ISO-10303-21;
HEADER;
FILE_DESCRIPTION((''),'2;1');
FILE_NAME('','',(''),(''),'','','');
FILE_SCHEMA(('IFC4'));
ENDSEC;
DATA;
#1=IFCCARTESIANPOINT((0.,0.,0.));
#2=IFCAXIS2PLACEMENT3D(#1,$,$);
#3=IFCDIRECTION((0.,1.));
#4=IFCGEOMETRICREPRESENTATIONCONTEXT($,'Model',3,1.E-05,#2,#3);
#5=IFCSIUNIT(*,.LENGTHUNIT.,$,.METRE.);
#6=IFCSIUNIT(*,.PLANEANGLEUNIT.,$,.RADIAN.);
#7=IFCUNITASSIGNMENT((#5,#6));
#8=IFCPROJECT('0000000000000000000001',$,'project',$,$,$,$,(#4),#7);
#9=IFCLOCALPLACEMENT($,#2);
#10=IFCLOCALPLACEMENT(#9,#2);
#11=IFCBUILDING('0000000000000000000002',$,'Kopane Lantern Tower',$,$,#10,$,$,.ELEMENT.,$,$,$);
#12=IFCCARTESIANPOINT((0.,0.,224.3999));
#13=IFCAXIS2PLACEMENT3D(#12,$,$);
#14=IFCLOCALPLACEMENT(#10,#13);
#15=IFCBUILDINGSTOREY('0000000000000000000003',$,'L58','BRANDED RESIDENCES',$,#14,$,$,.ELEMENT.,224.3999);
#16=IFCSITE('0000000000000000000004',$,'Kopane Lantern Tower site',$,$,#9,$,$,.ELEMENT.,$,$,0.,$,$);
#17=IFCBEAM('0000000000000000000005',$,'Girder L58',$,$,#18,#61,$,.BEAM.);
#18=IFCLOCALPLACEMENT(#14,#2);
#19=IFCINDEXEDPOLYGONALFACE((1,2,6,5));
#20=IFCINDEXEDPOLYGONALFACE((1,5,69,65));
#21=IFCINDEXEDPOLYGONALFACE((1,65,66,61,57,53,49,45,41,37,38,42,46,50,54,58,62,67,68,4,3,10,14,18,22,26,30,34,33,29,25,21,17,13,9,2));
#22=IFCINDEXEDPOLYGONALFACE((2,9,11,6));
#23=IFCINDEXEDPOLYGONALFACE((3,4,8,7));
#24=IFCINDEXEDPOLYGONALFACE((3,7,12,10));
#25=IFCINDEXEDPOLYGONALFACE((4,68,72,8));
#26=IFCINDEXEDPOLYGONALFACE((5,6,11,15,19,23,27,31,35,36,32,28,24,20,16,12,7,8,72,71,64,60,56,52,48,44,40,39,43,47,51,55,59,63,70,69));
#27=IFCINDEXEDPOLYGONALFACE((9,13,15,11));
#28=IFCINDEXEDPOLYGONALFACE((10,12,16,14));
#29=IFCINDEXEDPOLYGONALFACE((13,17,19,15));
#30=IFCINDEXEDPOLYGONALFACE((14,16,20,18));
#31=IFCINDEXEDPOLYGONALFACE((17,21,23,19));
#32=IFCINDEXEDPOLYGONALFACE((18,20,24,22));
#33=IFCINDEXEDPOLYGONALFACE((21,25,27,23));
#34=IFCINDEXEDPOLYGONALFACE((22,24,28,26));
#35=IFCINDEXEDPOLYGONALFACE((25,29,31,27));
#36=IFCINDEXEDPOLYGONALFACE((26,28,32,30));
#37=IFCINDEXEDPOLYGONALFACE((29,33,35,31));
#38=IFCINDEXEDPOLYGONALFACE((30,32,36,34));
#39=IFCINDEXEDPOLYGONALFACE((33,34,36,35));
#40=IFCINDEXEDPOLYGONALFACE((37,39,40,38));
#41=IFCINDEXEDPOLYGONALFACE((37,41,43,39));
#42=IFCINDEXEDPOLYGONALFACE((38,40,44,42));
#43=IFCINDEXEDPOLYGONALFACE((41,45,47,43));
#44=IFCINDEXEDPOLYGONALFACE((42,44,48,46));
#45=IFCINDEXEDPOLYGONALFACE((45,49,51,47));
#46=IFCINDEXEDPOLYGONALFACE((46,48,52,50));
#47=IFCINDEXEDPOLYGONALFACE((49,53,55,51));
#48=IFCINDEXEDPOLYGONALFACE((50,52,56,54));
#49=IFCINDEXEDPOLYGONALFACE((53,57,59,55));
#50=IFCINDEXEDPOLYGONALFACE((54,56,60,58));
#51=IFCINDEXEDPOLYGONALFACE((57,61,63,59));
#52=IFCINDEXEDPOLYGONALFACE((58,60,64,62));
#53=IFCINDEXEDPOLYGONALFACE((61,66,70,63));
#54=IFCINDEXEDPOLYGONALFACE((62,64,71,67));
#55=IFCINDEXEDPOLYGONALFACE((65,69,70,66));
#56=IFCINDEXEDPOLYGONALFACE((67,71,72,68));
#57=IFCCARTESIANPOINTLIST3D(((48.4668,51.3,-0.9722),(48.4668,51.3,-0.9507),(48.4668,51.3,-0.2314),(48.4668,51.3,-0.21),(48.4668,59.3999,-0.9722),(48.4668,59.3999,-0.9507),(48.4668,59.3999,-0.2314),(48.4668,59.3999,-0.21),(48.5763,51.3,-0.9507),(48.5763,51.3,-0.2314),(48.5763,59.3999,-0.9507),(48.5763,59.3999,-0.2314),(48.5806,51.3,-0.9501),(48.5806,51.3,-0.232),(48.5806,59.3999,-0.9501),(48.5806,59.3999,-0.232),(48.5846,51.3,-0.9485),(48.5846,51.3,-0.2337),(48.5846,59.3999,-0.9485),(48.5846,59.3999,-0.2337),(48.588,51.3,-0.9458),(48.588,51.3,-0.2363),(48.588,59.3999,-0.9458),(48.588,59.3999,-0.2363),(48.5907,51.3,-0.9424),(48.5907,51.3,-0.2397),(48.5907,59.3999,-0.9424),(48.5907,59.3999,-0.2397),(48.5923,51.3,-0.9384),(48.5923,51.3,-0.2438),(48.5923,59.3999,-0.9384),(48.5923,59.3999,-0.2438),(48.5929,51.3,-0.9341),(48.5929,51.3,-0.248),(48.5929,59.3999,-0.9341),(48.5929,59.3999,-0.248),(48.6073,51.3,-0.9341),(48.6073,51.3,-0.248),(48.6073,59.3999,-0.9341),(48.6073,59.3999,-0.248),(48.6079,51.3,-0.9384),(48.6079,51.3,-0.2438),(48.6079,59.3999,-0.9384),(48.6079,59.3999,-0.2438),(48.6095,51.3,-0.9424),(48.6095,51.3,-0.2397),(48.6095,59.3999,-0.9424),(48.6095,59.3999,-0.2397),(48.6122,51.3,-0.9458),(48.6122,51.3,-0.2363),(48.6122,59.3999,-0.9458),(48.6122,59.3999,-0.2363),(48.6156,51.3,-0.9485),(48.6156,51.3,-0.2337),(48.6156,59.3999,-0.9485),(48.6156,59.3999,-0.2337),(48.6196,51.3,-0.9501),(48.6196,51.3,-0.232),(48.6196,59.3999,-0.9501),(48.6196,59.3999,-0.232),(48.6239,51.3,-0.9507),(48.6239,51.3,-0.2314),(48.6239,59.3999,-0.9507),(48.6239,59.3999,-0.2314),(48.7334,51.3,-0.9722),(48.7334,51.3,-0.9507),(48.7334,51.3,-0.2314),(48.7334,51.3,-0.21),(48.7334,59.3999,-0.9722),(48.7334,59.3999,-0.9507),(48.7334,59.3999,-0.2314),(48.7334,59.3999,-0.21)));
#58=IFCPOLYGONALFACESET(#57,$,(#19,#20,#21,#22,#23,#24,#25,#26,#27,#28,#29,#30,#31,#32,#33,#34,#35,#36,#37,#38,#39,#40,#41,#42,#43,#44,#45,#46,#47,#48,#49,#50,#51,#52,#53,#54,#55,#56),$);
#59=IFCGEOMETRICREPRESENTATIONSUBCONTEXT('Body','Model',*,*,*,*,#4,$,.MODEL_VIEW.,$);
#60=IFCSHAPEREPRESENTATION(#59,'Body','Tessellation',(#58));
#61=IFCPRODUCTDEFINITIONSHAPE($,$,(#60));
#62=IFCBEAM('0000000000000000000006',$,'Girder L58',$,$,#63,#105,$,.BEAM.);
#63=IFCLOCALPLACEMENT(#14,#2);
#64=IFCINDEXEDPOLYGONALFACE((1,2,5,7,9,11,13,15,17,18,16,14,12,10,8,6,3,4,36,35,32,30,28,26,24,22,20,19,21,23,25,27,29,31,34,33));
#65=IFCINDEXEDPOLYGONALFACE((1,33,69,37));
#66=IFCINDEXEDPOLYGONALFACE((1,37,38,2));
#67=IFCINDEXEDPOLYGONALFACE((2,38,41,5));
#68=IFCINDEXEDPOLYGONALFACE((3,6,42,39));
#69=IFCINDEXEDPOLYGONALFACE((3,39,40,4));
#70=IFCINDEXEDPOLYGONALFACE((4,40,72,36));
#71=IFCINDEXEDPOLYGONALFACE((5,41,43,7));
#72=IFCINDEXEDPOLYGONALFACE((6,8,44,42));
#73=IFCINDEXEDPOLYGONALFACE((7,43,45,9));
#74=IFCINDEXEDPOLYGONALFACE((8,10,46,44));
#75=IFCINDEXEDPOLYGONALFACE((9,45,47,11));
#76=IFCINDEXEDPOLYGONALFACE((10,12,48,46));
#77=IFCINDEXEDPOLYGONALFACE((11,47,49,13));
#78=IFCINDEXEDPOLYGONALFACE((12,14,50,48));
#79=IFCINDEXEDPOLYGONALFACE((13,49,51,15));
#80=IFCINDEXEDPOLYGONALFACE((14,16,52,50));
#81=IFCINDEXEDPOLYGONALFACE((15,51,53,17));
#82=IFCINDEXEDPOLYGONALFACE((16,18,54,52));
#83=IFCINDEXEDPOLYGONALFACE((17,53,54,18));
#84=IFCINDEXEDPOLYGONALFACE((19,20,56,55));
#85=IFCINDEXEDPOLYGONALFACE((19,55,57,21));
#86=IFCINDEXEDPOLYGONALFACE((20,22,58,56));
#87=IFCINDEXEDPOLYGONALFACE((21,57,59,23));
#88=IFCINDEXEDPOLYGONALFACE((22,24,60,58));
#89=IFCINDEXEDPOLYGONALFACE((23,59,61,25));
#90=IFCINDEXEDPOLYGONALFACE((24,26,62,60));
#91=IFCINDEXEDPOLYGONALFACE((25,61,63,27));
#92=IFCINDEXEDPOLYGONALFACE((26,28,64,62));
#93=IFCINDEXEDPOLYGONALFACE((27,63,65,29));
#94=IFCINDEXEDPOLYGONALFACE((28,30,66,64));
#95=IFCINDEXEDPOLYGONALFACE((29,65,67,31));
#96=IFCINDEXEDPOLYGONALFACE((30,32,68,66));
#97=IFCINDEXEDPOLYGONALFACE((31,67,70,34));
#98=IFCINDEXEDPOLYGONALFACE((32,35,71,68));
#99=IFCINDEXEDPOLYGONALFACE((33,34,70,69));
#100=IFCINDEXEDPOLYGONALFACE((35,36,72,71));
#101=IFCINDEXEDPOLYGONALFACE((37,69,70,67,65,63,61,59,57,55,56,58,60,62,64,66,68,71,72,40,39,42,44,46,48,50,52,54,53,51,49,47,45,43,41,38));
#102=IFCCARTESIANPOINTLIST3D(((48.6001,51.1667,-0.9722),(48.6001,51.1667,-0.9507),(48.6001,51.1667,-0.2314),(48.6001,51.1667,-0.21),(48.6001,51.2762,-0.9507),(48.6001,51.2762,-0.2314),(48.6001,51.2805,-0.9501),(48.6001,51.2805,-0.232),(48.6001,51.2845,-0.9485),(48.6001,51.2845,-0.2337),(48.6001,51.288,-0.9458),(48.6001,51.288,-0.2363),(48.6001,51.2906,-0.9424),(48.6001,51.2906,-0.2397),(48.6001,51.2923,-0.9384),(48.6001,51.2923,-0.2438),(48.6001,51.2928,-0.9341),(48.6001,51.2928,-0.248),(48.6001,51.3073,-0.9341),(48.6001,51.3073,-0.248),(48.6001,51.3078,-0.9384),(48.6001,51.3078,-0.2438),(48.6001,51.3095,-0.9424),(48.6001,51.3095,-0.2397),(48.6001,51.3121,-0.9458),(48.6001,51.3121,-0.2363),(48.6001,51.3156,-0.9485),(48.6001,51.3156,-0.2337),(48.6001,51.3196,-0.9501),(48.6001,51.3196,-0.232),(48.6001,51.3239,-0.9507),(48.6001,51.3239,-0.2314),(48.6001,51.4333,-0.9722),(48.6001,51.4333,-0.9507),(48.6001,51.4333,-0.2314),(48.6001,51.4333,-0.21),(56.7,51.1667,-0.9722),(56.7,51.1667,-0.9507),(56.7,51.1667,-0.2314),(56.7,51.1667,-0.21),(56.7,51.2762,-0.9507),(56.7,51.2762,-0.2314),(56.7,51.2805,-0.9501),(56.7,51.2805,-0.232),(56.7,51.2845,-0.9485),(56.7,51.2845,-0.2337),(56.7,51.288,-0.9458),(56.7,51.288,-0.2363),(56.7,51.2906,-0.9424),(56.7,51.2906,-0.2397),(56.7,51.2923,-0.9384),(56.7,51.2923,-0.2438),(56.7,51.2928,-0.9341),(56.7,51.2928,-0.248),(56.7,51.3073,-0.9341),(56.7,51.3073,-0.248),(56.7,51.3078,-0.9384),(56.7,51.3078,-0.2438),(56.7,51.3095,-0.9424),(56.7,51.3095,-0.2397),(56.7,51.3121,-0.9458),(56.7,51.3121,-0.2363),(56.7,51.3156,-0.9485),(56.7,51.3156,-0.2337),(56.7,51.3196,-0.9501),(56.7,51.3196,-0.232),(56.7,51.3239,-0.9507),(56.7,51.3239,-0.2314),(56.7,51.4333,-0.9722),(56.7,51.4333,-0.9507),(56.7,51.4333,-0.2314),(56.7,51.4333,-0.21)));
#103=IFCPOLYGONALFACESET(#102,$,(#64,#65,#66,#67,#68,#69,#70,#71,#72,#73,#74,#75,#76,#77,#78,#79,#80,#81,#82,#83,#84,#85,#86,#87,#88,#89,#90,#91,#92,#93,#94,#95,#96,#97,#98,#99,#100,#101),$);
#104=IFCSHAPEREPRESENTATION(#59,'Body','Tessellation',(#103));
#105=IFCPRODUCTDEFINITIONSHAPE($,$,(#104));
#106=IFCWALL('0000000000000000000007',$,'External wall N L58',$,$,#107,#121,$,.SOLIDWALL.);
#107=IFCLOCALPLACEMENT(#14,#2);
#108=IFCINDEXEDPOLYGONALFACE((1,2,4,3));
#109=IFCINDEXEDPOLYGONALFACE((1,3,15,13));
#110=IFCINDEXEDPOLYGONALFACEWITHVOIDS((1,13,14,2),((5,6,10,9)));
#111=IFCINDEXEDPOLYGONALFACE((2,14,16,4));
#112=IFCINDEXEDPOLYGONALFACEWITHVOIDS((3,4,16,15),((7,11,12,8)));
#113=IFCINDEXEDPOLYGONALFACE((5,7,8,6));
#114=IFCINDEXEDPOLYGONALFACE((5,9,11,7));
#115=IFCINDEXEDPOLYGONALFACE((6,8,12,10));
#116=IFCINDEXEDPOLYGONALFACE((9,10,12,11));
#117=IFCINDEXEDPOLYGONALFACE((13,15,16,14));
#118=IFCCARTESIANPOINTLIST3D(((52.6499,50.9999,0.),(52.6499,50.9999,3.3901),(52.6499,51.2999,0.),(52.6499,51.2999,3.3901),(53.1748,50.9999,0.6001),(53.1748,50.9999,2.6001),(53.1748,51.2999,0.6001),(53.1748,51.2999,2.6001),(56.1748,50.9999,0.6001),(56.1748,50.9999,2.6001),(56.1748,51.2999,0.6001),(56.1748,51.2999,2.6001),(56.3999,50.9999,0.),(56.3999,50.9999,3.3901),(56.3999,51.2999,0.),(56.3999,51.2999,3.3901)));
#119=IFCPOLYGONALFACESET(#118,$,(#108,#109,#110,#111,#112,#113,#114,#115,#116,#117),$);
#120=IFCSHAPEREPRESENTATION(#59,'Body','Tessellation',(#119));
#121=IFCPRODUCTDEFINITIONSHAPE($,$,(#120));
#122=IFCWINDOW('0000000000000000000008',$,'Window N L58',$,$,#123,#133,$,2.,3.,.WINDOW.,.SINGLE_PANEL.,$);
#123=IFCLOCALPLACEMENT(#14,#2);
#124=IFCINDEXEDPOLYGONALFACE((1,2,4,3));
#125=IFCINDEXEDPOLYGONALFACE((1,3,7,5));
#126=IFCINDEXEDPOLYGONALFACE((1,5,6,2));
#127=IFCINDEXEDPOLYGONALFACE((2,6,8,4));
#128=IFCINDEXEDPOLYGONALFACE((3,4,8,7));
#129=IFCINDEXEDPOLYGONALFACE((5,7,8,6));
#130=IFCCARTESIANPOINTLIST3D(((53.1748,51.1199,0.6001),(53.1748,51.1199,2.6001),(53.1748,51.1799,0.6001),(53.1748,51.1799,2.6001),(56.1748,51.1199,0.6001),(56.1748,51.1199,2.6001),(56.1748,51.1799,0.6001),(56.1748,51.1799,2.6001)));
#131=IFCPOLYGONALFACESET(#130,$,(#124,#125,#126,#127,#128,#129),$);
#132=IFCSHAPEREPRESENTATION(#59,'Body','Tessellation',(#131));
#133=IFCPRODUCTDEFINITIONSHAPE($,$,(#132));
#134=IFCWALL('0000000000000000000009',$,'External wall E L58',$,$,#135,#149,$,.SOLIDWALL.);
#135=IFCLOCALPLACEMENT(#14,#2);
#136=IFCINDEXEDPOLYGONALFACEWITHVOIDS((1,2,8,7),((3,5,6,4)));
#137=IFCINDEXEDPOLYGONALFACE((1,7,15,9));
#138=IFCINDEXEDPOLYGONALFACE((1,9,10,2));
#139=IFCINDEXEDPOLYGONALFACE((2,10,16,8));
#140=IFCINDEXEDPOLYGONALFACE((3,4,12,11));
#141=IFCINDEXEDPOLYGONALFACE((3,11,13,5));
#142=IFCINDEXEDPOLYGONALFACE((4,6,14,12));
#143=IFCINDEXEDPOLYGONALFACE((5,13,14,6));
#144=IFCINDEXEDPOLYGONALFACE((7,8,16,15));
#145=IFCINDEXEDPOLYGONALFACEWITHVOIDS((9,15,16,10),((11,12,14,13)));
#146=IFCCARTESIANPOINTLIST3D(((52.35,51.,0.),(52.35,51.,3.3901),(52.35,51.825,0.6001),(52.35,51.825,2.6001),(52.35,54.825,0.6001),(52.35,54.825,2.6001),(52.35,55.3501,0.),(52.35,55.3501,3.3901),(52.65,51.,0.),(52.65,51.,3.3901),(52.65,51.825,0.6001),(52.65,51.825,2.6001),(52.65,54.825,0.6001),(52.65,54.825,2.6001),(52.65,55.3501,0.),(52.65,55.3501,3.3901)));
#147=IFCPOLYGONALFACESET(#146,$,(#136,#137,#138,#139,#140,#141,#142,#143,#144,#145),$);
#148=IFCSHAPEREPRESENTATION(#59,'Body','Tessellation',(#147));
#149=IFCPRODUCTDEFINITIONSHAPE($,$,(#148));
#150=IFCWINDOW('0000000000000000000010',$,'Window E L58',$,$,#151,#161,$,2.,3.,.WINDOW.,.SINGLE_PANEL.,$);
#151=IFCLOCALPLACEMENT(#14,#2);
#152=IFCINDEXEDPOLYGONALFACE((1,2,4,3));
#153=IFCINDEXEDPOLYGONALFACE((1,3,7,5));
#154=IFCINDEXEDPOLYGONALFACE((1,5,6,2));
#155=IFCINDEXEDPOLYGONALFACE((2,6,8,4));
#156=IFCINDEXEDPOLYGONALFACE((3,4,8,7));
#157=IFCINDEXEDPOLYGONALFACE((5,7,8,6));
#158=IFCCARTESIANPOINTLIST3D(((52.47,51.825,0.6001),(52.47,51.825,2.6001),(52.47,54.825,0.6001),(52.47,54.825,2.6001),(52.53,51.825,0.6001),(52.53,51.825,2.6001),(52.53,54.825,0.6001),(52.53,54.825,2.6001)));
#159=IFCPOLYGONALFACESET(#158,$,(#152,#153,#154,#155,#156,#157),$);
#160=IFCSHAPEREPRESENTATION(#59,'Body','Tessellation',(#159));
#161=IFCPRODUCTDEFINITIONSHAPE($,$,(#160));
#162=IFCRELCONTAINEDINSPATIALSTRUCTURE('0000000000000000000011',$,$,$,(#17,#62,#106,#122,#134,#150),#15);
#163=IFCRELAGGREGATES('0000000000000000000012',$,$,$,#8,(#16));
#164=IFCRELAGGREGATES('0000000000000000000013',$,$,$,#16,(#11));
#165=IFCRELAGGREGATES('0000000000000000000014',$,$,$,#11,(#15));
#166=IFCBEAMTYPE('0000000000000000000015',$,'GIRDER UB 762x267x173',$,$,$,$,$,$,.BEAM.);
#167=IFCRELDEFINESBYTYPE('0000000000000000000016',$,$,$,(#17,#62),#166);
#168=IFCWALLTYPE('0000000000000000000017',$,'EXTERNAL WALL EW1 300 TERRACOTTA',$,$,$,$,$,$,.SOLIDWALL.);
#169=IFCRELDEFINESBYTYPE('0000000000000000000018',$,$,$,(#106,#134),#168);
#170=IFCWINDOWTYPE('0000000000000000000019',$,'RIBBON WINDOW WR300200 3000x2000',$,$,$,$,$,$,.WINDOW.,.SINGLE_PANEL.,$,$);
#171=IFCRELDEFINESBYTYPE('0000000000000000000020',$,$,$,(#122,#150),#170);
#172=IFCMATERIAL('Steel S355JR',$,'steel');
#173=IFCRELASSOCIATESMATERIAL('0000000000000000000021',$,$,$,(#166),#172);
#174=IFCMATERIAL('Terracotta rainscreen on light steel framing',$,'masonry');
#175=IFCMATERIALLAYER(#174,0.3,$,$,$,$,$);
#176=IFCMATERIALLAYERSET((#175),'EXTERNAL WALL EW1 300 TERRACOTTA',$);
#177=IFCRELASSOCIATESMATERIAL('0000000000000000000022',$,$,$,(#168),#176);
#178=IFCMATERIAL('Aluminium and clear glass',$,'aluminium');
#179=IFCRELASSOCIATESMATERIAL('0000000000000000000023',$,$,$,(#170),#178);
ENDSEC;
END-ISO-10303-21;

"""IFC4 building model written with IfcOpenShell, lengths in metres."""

from ifc_helpers import new_model, si_unit, direction, frame, frame_2d, origin, origin_2d, place, context, subcontext, project, spatial, rectangle, i_section, extrude, material, layer, layer_set, material_profile, profile_set, type_object, element, fill, save


model = new_model("IFC4")

# Units and contexts
model_context = context("Model", 3, precision=1e-05, world=origin(), true_north=direction((0.0, 1.0)))
body_context = subcontext(model_context, "Body", "Model", "MODEL_VIEW")
ifc_project = project(units=[si_unit("LENGTHUNIT", "METRE"), si_unit("PLANEANGLEUNIT", "RADIAN")], contexts=[model_context])

# Site, building, storey
site_placement = place(None, origin())
site = spatial("IfcSite", under=ifc_project, at=site_placement, Name="Kopane Lantern Tower site", CompositionType="ELEMENT", RefElevation=0.0)
building_placement = place(site_placement, origin())
building = spatial("IfcBuilding", under=site, at=building_placement, Name="Kopane Lantern Tower", CompositionType="ELEMENT")
storey_placement = place(building_placement, frame((0.0, 0.0, 224.3999)))
storey = spatial("IfcBuildingStorey", under=building, at=storey_placement, Name="L58", Description="BRANDED RESIDENCES", CompositionType="ELEMENT", Elevation=224.3999)

# Beams
ifc_material_1 = material(Name="Steel S355JR", Category="steel")
ifc_material_profile_1 = material_profile(ifc_material_1, i_section(OverallWidth=0.2666, OverallDepth=0.7622, WebThickness=0.0144, FlangeThickness=0.0215, FilletRadius=0.0166, at=origin_2d()), Name="UB 762x267x173")
ifc_profile_set_1 = profile_set([ifc_material_profile_1], Name="Steel S355JR")
beam_type_1 = type_object("IfcBeamType", Name="GIRDER UB 762x267x173", PredefinedType="BEAM", material=ifc_profile_set_1)
for number, where, z_axis, x_axis, name in (
    (1, (48.6001, 51.3, -0.5911), (0.0, 1.0, 0.0), (-1.0, 0.0, 0.0), "Girder L58"),
    (2, (48.6001, 51.3, -0.5911), (1.0, 0.0, 0.0), (0.0, 1.0, 0.0), "Girder L58"),
):
    element("IfcBeam", number, at=place(storey_placement, frame(where, z_axis=z_axis, x_axis=x_axis)), inside=storey, type_object=beam_type_1, Name=name, PredefinedType="BEAM", context=body_context, shape_type="SweptSolid", body=[
        extrude(i_section(OverallWidth=0.2666, OverallDepth=0.7622, WebThickness=0.0144, FlangeThickness=0.0215, FilletRadius=0.0166, at=origin_2d()), origin(), (0.0, 0.0, 1.0), 8.0999),
    ])

# Walls, openings, windows
ifc_material_2 = material(Name="Terracotta rainscreen on light steel framing", Category="masonry")
ifc_layer = layer(ifc_material_2, 0.3)
ifc_layer_set = layer_set([ifc_layer], Name="EXTERNAL WALL EW1 300 TERRACOTTA")
wall_type = type_object("IfcWallType", Name="EXTERNAL WALL EW1 300 TERRACOTTA", PredefinedType="SOLIDWALL", material=ifc_layer_set)
wall_1_placement = place(storey_placement, frame((56.3999, 51.1499, 0.0), z_axis=(0.0, 0.0, 1.0), x_axis=(-1.0, 0.0, 0.0)))
wall_1 = element("IfcWall", 3, at=wall_1_placement, inside=storey, type_object=wall_type, Name="External wall N L58", PredefinedType="SOLIDWALL", context=body_context, shape_type="SweptSolid", body=[
    extrude(rectangle(XDim=3.75, YDim=0.3, at=frame_2d((1.875, 0.0))), origin(), (0.0, 0.0, 1.0), 3.3901),
])
opening_1_placement = place(wall_1_placement, frame((0.2251, 0.0, 0.6001)))
opening_1 = element("IfcOpeningElement", 4, at=opening_1_placement, cuts=wall_1, PredefinedType="OPENING", context=body_context, shape_type="SweptSolid", body=[
    extrude(rectangle(XDim=3.0, YDim=2.0, at=frame_2d((1.5, 1.0))), frame((0.0, 0.1599, 0.0), z_axis=(0.0, -1.0, 0.0), x_axis=(1.0, 0.0, 0.0)), (0.0, 0.0, 1.0), 0.3201),
])
ifc_material_3 = material(Name="Aluminium and clear glass", Category="aluminium")
window_type = type_object("IfcWindowType", Name="RIBBON WINDOW WR300200 3000x2000", PartitioningType="SINGLE_PANEL", PredefinedType="WINDOW", material=ifc_material_3)
window_1_placement = place(opening_1_placement, origin())
window_1 = element("IfcWindow", 5, at=window_1_placement, inside=storey, type_object=window_type, Name="Window N L58", OverallHeight=2.0, OverallWidth=3.0, PartitioningType="SINGLE_PANEL", PredefinedType="WINDOW", context=body_context, shape_type="SweptSolid", body=[
    extrude(rectangle(XDim=3.0, YDim=2.0, at=frame_2d((1.5, 1.0))), frame((0.0, 0.03, 0.0), z_axis=(0.0, -1.0, 0.0), x_axis=(1.0, 0.0, 0.0)), (0.0, 0.0, 1.0), 0.0601),
])
fill(opening_1, window_1)
wall_2_placement = place(storey_placement, frame((52.5, 51.0, 0.0), z_axis=(0.0, 0.0, 1.0), x_axis=(0.0, 1.0, 0.0)))
wall_2 = element("IfcWall", 6, at=wall_2_placement, inside=storey, type_object=wall_type, Name="External wall E L58", PredefinedType="SOLIDWALL", context=body_context, shape_type="SweptSolid", body=[
    extrude(rectangle(XDim=4.3501, YDim=0.3, at=frame_2d((2.175, 0.0))), origin(), (0.0, 0.0, 1.0), 3.3901),
])
opening_2_placement = place(wall_2_placement, frame((0.825, 0.0, 0.6001)))
opening_2 = element("IfcOpeningElement", 7, at=opening_2_placement, cuts=wall_2, PredefinedType="OPENING", context=body_context, shape_type="SweptSolid", body=[
    extrude(rectangle(XDim=3.0, YDim=2.0, at=frame_2d((1.5, 1.0))), frame((0.0, 0.1599, 0.0), z_axis=(0.0, -1.0, 0.0), x_axis=(1.0, 0.0, 0.0)), (0.0, 0.0, 1.0), 0.3201),
])
window_2_placement = place(opening_2_placement, origin())
window_2 = element("IfcWindow", 8, at=window_2_placement, inside=storey, type_object=window_type, Name="Window E L58", OverallHeight=2.0, OverallWidth=3.0, PartitioningType="SINGLE_PANEL", PredefinedType="WINDOW", context=body_context, shape_type="SweptSolid", body=[
    extrude(rectangle(XDim=3.0, YDim=2.0, at=frame_2d((1.5, 1.0))), frame((0.0, 0.03, 0.0), z_axis=(0.0, -1.0, 0.0), x_axis=(1.0, 0.0, 0.0)), (0.0, 0.0, 1.0), 0.0601),
])
fill(opening_2, window_2)

save(model, "model.ifc")
